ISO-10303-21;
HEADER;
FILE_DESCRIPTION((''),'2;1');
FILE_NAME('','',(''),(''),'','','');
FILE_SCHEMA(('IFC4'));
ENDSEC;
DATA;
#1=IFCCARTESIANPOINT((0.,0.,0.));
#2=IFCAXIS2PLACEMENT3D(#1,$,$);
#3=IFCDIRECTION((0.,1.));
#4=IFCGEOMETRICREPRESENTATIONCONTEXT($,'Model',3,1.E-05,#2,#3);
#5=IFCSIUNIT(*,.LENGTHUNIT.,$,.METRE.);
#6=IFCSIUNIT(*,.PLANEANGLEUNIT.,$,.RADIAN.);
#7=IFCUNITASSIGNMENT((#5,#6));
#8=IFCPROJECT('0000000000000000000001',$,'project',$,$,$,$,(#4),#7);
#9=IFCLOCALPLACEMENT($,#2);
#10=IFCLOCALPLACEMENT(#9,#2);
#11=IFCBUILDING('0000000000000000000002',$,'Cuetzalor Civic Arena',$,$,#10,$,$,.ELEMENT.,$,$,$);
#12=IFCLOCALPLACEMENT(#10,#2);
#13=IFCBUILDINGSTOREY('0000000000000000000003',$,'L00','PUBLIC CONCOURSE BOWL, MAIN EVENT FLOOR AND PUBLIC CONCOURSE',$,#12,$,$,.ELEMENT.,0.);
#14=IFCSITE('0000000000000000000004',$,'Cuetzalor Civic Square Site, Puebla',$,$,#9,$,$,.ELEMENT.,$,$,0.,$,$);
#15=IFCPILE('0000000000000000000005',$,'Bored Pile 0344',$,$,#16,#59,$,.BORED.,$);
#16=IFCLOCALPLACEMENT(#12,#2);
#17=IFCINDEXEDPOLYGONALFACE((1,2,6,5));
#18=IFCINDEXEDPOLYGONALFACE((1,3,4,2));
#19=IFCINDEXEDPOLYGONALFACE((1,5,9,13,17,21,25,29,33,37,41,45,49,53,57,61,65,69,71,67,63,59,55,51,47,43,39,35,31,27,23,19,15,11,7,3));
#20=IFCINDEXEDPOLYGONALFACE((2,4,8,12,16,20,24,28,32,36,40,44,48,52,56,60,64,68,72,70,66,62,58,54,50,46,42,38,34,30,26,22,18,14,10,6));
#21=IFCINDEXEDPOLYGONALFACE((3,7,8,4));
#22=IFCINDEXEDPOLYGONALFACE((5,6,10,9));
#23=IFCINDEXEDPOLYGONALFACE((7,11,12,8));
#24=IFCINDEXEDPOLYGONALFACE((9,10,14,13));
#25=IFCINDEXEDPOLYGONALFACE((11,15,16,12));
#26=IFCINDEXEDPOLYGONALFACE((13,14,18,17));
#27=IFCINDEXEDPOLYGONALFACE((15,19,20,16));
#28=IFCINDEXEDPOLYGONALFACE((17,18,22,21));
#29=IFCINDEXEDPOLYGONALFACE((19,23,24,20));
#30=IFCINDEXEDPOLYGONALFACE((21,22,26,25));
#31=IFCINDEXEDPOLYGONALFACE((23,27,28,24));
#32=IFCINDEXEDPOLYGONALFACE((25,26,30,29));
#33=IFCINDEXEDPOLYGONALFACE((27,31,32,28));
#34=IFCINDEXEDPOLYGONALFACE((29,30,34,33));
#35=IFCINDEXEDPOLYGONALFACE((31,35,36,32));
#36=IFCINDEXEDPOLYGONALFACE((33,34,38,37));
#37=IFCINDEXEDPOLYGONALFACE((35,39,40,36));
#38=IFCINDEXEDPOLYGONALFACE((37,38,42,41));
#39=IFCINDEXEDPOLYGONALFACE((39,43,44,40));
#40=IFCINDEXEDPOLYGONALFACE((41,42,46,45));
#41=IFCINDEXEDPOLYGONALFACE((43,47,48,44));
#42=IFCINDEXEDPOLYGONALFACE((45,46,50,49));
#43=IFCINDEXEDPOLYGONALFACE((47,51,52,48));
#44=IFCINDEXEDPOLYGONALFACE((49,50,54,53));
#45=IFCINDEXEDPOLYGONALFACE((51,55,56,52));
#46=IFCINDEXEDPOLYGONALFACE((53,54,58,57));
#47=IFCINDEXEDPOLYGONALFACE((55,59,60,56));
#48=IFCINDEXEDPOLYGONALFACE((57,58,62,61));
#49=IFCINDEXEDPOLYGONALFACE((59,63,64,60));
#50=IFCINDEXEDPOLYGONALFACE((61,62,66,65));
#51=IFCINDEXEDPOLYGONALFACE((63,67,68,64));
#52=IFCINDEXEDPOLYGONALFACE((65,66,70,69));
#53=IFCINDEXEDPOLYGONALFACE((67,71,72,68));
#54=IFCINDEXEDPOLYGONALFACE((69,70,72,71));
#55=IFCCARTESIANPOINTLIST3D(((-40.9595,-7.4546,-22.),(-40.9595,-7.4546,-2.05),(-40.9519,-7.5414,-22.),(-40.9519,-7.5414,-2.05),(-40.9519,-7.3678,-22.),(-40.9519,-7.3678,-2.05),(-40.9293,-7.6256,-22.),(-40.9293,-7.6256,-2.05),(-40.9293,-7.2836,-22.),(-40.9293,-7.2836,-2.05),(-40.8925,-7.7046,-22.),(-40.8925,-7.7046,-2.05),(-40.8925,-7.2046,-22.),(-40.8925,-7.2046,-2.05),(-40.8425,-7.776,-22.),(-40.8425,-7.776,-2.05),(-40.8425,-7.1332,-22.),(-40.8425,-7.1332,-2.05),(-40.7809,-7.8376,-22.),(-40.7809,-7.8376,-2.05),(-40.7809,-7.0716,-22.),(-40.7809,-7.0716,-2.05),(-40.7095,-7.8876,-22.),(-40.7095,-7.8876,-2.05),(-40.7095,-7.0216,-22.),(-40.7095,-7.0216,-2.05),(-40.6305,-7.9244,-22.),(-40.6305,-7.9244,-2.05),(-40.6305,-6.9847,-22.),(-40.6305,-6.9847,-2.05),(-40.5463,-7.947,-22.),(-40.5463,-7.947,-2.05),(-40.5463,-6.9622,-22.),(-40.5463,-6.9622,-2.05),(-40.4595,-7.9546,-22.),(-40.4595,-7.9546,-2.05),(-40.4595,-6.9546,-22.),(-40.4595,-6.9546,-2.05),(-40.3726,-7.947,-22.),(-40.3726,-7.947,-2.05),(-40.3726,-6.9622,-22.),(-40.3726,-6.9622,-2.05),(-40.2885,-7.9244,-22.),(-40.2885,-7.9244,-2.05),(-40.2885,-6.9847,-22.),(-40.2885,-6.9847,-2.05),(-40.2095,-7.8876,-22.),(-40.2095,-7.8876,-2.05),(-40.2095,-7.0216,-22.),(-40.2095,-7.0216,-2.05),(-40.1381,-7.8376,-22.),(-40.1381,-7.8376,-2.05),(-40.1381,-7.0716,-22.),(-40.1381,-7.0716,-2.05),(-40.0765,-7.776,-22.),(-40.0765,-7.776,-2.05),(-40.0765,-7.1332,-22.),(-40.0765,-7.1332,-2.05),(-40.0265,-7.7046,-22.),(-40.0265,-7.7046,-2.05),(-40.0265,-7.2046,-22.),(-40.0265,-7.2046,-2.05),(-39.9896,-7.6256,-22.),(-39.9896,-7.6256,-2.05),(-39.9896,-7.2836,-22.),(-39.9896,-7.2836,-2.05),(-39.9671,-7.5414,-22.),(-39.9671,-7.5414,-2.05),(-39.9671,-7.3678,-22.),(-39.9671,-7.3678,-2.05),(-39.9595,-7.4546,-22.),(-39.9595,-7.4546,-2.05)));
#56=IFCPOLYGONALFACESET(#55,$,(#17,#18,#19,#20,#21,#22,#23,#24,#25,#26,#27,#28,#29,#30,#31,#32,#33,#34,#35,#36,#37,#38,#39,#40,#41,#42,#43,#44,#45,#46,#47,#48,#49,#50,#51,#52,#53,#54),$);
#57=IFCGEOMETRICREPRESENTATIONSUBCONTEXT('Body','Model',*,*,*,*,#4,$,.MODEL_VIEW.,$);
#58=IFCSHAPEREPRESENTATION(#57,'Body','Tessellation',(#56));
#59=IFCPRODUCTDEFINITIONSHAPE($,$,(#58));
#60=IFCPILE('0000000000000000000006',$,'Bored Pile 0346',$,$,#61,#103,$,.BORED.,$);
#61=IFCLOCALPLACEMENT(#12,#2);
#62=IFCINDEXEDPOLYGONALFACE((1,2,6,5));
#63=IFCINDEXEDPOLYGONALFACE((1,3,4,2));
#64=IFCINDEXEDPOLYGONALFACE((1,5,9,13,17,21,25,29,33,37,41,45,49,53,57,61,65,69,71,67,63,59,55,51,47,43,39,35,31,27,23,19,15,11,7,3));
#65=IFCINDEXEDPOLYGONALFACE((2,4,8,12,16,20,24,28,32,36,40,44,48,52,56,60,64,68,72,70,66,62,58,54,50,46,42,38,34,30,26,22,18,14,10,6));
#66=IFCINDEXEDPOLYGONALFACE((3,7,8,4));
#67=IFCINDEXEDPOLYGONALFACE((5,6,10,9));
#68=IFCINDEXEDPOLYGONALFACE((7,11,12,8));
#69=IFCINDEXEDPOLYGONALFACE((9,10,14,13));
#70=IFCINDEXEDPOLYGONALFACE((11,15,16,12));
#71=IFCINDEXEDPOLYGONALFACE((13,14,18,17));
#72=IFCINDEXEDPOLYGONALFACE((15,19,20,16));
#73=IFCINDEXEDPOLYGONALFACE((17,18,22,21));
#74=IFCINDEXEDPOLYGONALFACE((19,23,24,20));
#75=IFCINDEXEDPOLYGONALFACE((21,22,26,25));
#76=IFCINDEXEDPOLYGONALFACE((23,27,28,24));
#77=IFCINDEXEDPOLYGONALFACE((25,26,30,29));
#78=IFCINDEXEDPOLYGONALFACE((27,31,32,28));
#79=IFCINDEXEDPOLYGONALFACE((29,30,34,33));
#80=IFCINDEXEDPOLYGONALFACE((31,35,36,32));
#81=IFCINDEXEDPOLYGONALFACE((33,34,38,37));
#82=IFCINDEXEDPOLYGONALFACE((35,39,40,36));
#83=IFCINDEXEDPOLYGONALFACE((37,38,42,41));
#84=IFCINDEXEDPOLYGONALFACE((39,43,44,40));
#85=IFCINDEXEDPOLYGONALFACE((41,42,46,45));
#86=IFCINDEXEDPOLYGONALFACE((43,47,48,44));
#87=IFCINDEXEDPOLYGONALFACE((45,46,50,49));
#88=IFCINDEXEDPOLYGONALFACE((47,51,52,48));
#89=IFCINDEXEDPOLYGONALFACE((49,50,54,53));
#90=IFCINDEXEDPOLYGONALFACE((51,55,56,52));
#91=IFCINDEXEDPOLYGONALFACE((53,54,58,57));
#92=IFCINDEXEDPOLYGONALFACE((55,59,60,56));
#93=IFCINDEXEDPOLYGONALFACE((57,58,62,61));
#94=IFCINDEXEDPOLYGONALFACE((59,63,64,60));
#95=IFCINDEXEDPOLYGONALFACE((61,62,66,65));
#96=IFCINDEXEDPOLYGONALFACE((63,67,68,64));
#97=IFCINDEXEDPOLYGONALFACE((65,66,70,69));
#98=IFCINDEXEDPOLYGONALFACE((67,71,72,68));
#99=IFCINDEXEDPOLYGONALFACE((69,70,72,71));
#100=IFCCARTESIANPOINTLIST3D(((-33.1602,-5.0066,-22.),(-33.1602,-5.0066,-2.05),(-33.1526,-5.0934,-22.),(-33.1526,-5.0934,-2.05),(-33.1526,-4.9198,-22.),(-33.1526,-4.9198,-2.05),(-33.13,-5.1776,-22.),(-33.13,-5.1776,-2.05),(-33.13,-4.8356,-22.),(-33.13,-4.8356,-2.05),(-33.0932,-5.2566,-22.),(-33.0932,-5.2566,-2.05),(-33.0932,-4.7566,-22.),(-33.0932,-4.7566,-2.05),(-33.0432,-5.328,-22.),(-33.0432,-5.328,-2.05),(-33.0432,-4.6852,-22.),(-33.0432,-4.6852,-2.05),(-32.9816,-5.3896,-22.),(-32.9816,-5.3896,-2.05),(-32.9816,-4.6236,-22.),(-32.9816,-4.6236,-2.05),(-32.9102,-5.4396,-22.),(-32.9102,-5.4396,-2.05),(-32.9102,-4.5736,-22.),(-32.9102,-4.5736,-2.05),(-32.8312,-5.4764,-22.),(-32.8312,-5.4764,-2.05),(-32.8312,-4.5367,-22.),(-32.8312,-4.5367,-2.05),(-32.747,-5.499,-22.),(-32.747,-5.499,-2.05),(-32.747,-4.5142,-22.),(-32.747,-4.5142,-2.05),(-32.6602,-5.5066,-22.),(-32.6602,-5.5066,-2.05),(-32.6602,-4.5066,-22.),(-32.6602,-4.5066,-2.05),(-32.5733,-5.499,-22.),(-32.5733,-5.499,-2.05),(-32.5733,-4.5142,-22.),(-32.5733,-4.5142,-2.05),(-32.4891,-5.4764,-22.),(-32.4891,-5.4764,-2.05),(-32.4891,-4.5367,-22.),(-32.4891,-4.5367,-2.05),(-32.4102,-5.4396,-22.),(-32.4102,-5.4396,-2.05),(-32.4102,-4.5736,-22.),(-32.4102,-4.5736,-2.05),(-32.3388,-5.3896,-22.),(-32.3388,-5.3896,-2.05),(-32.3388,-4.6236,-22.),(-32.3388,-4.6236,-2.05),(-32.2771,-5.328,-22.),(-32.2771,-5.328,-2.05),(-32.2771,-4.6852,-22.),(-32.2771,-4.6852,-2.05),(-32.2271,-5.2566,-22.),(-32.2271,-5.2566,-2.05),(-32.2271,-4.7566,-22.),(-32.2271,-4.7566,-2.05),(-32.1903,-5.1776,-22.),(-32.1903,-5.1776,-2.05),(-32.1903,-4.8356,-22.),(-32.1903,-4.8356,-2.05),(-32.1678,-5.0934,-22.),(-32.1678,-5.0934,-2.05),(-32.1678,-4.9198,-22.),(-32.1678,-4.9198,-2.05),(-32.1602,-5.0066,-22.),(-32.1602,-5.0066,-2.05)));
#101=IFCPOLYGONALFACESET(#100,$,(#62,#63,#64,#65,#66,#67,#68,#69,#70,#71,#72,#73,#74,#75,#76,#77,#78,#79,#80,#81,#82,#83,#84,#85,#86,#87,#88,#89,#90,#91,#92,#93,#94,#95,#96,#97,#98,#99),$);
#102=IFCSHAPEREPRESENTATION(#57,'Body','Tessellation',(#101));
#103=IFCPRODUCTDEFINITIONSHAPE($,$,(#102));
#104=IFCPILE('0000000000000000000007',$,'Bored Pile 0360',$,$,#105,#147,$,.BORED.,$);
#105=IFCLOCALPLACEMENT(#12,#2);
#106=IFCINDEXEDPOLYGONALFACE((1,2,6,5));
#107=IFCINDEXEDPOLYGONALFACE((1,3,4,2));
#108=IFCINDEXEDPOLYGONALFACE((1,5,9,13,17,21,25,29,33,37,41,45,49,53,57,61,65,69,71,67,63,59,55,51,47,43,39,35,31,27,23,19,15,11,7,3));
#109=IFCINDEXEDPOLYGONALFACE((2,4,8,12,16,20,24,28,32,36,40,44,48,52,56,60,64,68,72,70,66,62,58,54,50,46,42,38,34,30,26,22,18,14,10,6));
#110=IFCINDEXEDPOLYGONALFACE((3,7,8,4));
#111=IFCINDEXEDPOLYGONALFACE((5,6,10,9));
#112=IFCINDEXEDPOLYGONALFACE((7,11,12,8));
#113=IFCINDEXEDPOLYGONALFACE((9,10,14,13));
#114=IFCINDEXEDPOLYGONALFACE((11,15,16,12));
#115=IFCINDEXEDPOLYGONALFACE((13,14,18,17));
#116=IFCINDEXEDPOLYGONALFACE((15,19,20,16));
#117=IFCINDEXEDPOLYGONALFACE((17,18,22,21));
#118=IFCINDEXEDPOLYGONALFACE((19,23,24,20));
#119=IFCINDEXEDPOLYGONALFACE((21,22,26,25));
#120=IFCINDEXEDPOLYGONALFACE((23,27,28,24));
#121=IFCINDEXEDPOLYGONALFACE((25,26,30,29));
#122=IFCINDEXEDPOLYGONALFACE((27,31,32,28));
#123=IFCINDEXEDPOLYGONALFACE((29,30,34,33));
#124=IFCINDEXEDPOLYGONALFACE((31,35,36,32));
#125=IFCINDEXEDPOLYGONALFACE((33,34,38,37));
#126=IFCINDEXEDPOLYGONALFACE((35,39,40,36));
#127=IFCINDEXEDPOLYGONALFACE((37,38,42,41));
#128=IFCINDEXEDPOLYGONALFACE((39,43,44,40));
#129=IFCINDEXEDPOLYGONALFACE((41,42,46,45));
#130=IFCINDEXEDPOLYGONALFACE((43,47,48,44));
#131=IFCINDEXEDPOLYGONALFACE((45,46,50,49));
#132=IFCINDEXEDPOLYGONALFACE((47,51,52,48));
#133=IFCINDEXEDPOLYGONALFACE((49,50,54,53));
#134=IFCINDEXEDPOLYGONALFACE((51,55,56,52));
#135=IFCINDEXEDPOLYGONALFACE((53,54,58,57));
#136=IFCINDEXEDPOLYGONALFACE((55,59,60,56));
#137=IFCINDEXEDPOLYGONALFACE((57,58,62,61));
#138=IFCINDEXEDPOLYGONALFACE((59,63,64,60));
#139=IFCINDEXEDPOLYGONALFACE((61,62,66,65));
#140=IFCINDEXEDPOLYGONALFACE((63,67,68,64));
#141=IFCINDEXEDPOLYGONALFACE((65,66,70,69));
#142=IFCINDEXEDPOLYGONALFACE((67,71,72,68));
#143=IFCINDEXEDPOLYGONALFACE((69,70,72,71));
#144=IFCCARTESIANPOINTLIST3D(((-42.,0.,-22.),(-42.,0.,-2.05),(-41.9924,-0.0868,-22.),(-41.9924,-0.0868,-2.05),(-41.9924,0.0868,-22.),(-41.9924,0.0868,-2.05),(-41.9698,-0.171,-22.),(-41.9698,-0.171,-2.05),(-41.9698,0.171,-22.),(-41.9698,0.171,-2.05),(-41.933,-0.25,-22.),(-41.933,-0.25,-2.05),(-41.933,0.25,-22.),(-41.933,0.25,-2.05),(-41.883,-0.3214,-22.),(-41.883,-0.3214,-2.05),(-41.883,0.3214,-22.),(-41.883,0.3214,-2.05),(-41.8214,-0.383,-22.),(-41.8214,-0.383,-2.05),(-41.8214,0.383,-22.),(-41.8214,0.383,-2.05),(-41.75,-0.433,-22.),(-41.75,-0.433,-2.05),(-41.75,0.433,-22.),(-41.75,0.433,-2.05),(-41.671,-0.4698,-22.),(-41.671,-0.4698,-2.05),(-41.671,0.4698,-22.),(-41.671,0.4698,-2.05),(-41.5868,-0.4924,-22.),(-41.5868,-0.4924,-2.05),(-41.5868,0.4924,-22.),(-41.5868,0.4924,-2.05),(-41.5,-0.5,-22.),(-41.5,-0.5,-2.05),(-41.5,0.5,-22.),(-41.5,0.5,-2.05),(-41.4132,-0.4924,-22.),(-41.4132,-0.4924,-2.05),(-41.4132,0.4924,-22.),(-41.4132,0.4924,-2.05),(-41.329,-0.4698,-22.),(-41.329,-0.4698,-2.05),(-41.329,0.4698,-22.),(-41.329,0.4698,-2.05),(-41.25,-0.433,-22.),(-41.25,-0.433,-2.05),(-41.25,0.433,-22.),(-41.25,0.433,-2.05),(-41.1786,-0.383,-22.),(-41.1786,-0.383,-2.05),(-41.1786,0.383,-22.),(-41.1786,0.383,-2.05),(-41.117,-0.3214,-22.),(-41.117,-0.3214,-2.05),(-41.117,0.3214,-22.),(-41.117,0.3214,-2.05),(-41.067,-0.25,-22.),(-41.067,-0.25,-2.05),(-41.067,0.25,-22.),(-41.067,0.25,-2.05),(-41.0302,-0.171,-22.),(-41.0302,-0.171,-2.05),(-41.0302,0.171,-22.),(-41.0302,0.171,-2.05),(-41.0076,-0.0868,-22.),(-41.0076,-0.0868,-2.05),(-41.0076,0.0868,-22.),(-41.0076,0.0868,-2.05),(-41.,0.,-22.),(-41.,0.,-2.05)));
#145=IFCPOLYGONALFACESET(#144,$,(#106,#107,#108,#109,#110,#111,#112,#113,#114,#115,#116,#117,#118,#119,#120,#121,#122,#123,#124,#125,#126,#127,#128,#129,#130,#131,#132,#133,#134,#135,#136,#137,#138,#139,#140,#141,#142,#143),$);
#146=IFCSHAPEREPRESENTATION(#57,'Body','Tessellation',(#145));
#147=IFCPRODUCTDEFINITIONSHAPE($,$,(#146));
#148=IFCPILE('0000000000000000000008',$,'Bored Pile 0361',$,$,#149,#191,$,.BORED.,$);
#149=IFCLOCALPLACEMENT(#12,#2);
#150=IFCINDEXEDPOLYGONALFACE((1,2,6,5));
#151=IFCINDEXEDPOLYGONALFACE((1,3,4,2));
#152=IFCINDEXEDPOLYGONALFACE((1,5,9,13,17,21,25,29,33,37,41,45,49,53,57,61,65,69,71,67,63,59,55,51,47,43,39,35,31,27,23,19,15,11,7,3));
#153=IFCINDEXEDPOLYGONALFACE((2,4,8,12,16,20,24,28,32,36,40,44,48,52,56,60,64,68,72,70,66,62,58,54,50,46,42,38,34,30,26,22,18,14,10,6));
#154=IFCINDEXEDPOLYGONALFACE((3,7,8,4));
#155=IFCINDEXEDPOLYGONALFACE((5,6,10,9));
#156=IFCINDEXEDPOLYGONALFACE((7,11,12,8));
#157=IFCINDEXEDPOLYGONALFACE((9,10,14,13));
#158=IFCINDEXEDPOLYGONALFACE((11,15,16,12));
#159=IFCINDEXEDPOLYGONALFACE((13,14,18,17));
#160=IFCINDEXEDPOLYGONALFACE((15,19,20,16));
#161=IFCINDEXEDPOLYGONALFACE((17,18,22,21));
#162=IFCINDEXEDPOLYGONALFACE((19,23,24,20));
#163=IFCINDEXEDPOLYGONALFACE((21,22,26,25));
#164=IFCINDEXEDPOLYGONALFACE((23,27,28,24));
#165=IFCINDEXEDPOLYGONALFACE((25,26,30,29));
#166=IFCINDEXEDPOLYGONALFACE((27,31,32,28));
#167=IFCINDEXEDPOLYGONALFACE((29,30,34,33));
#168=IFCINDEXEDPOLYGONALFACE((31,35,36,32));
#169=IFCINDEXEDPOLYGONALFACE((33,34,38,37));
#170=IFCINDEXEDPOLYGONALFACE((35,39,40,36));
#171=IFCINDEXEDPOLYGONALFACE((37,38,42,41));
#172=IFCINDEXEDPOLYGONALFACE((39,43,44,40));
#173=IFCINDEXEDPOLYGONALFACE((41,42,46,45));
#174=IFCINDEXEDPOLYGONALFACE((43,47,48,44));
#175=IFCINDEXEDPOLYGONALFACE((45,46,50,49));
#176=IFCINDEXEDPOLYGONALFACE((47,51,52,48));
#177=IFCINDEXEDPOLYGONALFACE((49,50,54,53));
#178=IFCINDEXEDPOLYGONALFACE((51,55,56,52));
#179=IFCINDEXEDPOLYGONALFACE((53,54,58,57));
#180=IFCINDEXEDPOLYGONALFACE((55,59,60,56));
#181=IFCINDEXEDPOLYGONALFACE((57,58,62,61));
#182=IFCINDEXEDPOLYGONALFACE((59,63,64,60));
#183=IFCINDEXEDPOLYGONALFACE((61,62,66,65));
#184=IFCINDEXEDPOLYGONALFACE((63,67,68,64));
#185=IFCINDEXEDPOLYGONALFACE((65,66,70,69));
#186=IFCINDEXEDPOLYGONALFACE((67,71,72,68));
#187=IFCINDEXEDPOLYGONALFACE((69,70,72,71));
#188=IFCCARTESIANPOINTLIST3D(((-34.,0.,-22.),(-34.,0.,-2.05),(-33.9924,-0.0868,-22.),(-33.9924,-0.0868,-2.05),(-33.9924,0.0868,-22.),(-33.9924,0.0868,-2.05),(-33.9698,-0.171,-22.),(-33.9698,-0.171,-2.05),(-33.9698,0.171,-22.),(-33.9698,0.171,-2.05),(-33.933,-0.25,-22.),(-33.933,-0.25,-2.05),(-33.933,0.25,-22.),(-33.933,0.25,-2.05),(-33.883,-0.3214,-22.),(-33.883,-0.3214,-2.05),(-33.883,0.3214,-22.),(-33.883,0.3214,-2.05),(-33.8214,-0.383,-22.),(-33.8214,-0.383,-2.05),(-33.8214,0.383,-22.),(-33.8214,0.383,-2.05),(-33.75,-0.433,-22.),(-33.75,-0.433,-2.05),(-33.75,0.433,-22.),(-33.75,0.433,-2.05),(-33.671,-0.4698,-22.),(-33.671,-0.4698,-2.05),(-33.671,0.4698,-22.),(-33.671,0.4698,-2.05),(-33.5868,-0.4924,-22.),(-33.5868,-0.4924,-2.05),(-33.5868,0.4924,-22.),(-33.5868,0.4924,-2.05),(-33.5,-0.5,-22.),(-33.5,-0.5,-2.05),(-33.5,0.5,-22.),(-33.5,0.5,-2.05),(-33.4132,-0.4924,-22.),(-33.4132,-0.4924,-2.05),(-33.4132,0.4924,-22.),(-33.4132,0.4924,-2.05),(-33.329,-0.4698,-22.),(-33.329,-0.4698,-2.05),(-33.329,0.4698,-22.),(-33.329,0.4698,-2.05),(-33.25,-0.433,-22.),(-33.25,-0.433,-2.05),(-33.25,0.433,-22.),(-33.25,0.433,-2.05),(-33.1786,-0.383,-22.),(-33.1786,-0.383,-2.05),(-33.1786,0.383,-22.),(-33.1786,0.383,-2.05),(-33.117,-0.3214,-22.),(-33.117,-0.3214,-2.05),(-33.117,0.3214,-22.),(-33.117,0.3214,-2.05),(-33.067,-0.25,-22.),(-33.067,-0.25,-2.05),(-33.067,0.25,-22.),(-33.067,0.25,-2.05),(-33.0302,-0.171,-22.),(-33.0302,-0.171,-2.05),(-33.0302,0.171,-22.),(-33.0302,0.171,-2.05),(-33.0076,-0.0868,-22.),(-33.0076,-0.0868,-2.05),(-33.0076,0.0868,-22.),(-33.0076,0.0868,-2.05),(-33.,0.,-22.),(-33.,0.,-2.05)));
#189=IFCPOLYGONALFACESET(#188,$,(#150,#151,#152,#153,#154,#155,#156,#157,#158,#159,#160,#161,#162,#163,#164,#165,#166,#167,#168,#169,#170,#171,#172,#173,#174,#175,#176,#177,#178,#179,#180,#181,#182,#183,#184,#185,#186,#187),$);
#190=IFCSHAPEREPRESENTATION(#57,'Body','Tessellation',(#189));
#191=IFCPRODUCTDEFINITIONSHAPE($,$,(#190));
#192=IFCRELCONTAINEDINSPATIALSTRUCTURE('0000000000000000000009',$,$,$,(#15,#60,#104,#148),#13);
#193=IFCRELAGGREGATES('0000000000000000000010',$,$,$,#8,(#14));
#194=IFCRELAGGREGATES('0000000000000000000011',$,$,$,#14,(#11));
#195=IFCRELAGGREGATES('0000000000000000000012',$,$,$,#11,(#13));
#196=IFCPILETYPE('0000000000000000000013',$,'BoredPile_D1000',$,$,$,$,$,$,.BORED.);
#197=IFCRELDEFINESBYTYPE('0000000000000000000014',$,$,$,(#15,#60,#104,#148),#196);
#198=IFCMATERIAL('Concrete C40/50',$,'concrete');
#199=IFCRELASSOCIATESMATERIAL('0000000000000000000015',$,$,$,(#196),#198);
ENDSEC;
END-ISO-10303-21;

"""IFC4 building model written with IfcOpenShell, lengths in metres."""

from ifc_helpers import new_model, si_unit, direction, frame, origin, origin_2d, place, context, subcontext, project, spatial, circle, extrude, material, material_profile, profile_set, type_object, element, save


model = new_model("IFC4")

# Units and contexts
model_context = context("Model", 3, precision=1e-05, world=origin(), true_north=direction((0.0, 1.0)))
body_context = subcontext(model_context, "Body", "Model", "MODEL_VIEW")
ifc_project = project(units=[si_unit("LENGTHUNIT", "METRE"), si_unit("PLANEANGLEUNIT", "RADIAN")], contexts=[model_context])

# Site, building, storey
site_placement = place(None, origin())
site = spatial("IfcSite", under=ifc_project, at=site_placement, Name="Cuetzalor Civic Square Site, Puebla", CompositionType="ELEMENT", RefElevation=0.0)
building_placement = place(site_placement, origin())
building = spatial("IfcBuilding", under=site, at=building_placement, Name="Cuetzalor Civic Arena", CompositionType="ELEMENT")
storey_placement = place(building_placement, origin())
storey = spatial("IfcBuildingStorey", under=building, at=storey_placement, Name="L00", Description="PUBLIC CONCOURSE BOWL, MAIN EVENT FLOOR AND PUBLIC CONCOURSE", CompositionType="ELEMENT", Elevation=0.0)

# Piles
ifc_material_1 = material(Name="Concrete C40/50", Category="concrete")
ifc_material_profile_1 = material_profile(ifc_material_1, circle(Radius=0.5, at=origin_2d()), Name="BORED PILE D1000")
ifc_profile_set_1 = profile_set([ifc_material_profile_1], Name="Concrete C40/50")
pile_type = type_object("IfcPileType", Name="BoredPile_D1000", PredefinedType="BORED", material=ifc_profile_set_1)
for number, where, z_axis, x_axis, name in (
    (1, (-40.4595, -7.4546, -2.05), (0.0, 0.0, -1.0), (1.0, 0.0, 0.0), "Bored Pile 0344"),
    (2, (-32.6602, -5.0066, -2.05), (0.0, 0.0, -1.0), (1.0, 0.0, 0.0), "Bored Pile 0346"),
    (3, (-41.5, 0.0, -2.05), (0.0, 0.0, -1.0), (1.0, 0.0, 0.0), "Bored Pile 0360"),
    (4, (-33.5, 0.0, -2.05), (0.0, 0.0, -1.0), (1.0, 0.0, 0.0), "Bored Pile 0361"),
):
    element("IfcPile", number, at=place(storey_placement, frame(where, z_axis=z_axis, x_axis=x_axis)), inside=storey, type_object=pile_type, Name=name, PredefinedType="BORED", context=body_context, shape_type="SweptSolid", body=[
        extrude(circle(Radius=0.5, at=origin_2d()), origin(), (0.0, 0.0, 1.0), 19.95),
    ])

save(model, "model.ifc")
